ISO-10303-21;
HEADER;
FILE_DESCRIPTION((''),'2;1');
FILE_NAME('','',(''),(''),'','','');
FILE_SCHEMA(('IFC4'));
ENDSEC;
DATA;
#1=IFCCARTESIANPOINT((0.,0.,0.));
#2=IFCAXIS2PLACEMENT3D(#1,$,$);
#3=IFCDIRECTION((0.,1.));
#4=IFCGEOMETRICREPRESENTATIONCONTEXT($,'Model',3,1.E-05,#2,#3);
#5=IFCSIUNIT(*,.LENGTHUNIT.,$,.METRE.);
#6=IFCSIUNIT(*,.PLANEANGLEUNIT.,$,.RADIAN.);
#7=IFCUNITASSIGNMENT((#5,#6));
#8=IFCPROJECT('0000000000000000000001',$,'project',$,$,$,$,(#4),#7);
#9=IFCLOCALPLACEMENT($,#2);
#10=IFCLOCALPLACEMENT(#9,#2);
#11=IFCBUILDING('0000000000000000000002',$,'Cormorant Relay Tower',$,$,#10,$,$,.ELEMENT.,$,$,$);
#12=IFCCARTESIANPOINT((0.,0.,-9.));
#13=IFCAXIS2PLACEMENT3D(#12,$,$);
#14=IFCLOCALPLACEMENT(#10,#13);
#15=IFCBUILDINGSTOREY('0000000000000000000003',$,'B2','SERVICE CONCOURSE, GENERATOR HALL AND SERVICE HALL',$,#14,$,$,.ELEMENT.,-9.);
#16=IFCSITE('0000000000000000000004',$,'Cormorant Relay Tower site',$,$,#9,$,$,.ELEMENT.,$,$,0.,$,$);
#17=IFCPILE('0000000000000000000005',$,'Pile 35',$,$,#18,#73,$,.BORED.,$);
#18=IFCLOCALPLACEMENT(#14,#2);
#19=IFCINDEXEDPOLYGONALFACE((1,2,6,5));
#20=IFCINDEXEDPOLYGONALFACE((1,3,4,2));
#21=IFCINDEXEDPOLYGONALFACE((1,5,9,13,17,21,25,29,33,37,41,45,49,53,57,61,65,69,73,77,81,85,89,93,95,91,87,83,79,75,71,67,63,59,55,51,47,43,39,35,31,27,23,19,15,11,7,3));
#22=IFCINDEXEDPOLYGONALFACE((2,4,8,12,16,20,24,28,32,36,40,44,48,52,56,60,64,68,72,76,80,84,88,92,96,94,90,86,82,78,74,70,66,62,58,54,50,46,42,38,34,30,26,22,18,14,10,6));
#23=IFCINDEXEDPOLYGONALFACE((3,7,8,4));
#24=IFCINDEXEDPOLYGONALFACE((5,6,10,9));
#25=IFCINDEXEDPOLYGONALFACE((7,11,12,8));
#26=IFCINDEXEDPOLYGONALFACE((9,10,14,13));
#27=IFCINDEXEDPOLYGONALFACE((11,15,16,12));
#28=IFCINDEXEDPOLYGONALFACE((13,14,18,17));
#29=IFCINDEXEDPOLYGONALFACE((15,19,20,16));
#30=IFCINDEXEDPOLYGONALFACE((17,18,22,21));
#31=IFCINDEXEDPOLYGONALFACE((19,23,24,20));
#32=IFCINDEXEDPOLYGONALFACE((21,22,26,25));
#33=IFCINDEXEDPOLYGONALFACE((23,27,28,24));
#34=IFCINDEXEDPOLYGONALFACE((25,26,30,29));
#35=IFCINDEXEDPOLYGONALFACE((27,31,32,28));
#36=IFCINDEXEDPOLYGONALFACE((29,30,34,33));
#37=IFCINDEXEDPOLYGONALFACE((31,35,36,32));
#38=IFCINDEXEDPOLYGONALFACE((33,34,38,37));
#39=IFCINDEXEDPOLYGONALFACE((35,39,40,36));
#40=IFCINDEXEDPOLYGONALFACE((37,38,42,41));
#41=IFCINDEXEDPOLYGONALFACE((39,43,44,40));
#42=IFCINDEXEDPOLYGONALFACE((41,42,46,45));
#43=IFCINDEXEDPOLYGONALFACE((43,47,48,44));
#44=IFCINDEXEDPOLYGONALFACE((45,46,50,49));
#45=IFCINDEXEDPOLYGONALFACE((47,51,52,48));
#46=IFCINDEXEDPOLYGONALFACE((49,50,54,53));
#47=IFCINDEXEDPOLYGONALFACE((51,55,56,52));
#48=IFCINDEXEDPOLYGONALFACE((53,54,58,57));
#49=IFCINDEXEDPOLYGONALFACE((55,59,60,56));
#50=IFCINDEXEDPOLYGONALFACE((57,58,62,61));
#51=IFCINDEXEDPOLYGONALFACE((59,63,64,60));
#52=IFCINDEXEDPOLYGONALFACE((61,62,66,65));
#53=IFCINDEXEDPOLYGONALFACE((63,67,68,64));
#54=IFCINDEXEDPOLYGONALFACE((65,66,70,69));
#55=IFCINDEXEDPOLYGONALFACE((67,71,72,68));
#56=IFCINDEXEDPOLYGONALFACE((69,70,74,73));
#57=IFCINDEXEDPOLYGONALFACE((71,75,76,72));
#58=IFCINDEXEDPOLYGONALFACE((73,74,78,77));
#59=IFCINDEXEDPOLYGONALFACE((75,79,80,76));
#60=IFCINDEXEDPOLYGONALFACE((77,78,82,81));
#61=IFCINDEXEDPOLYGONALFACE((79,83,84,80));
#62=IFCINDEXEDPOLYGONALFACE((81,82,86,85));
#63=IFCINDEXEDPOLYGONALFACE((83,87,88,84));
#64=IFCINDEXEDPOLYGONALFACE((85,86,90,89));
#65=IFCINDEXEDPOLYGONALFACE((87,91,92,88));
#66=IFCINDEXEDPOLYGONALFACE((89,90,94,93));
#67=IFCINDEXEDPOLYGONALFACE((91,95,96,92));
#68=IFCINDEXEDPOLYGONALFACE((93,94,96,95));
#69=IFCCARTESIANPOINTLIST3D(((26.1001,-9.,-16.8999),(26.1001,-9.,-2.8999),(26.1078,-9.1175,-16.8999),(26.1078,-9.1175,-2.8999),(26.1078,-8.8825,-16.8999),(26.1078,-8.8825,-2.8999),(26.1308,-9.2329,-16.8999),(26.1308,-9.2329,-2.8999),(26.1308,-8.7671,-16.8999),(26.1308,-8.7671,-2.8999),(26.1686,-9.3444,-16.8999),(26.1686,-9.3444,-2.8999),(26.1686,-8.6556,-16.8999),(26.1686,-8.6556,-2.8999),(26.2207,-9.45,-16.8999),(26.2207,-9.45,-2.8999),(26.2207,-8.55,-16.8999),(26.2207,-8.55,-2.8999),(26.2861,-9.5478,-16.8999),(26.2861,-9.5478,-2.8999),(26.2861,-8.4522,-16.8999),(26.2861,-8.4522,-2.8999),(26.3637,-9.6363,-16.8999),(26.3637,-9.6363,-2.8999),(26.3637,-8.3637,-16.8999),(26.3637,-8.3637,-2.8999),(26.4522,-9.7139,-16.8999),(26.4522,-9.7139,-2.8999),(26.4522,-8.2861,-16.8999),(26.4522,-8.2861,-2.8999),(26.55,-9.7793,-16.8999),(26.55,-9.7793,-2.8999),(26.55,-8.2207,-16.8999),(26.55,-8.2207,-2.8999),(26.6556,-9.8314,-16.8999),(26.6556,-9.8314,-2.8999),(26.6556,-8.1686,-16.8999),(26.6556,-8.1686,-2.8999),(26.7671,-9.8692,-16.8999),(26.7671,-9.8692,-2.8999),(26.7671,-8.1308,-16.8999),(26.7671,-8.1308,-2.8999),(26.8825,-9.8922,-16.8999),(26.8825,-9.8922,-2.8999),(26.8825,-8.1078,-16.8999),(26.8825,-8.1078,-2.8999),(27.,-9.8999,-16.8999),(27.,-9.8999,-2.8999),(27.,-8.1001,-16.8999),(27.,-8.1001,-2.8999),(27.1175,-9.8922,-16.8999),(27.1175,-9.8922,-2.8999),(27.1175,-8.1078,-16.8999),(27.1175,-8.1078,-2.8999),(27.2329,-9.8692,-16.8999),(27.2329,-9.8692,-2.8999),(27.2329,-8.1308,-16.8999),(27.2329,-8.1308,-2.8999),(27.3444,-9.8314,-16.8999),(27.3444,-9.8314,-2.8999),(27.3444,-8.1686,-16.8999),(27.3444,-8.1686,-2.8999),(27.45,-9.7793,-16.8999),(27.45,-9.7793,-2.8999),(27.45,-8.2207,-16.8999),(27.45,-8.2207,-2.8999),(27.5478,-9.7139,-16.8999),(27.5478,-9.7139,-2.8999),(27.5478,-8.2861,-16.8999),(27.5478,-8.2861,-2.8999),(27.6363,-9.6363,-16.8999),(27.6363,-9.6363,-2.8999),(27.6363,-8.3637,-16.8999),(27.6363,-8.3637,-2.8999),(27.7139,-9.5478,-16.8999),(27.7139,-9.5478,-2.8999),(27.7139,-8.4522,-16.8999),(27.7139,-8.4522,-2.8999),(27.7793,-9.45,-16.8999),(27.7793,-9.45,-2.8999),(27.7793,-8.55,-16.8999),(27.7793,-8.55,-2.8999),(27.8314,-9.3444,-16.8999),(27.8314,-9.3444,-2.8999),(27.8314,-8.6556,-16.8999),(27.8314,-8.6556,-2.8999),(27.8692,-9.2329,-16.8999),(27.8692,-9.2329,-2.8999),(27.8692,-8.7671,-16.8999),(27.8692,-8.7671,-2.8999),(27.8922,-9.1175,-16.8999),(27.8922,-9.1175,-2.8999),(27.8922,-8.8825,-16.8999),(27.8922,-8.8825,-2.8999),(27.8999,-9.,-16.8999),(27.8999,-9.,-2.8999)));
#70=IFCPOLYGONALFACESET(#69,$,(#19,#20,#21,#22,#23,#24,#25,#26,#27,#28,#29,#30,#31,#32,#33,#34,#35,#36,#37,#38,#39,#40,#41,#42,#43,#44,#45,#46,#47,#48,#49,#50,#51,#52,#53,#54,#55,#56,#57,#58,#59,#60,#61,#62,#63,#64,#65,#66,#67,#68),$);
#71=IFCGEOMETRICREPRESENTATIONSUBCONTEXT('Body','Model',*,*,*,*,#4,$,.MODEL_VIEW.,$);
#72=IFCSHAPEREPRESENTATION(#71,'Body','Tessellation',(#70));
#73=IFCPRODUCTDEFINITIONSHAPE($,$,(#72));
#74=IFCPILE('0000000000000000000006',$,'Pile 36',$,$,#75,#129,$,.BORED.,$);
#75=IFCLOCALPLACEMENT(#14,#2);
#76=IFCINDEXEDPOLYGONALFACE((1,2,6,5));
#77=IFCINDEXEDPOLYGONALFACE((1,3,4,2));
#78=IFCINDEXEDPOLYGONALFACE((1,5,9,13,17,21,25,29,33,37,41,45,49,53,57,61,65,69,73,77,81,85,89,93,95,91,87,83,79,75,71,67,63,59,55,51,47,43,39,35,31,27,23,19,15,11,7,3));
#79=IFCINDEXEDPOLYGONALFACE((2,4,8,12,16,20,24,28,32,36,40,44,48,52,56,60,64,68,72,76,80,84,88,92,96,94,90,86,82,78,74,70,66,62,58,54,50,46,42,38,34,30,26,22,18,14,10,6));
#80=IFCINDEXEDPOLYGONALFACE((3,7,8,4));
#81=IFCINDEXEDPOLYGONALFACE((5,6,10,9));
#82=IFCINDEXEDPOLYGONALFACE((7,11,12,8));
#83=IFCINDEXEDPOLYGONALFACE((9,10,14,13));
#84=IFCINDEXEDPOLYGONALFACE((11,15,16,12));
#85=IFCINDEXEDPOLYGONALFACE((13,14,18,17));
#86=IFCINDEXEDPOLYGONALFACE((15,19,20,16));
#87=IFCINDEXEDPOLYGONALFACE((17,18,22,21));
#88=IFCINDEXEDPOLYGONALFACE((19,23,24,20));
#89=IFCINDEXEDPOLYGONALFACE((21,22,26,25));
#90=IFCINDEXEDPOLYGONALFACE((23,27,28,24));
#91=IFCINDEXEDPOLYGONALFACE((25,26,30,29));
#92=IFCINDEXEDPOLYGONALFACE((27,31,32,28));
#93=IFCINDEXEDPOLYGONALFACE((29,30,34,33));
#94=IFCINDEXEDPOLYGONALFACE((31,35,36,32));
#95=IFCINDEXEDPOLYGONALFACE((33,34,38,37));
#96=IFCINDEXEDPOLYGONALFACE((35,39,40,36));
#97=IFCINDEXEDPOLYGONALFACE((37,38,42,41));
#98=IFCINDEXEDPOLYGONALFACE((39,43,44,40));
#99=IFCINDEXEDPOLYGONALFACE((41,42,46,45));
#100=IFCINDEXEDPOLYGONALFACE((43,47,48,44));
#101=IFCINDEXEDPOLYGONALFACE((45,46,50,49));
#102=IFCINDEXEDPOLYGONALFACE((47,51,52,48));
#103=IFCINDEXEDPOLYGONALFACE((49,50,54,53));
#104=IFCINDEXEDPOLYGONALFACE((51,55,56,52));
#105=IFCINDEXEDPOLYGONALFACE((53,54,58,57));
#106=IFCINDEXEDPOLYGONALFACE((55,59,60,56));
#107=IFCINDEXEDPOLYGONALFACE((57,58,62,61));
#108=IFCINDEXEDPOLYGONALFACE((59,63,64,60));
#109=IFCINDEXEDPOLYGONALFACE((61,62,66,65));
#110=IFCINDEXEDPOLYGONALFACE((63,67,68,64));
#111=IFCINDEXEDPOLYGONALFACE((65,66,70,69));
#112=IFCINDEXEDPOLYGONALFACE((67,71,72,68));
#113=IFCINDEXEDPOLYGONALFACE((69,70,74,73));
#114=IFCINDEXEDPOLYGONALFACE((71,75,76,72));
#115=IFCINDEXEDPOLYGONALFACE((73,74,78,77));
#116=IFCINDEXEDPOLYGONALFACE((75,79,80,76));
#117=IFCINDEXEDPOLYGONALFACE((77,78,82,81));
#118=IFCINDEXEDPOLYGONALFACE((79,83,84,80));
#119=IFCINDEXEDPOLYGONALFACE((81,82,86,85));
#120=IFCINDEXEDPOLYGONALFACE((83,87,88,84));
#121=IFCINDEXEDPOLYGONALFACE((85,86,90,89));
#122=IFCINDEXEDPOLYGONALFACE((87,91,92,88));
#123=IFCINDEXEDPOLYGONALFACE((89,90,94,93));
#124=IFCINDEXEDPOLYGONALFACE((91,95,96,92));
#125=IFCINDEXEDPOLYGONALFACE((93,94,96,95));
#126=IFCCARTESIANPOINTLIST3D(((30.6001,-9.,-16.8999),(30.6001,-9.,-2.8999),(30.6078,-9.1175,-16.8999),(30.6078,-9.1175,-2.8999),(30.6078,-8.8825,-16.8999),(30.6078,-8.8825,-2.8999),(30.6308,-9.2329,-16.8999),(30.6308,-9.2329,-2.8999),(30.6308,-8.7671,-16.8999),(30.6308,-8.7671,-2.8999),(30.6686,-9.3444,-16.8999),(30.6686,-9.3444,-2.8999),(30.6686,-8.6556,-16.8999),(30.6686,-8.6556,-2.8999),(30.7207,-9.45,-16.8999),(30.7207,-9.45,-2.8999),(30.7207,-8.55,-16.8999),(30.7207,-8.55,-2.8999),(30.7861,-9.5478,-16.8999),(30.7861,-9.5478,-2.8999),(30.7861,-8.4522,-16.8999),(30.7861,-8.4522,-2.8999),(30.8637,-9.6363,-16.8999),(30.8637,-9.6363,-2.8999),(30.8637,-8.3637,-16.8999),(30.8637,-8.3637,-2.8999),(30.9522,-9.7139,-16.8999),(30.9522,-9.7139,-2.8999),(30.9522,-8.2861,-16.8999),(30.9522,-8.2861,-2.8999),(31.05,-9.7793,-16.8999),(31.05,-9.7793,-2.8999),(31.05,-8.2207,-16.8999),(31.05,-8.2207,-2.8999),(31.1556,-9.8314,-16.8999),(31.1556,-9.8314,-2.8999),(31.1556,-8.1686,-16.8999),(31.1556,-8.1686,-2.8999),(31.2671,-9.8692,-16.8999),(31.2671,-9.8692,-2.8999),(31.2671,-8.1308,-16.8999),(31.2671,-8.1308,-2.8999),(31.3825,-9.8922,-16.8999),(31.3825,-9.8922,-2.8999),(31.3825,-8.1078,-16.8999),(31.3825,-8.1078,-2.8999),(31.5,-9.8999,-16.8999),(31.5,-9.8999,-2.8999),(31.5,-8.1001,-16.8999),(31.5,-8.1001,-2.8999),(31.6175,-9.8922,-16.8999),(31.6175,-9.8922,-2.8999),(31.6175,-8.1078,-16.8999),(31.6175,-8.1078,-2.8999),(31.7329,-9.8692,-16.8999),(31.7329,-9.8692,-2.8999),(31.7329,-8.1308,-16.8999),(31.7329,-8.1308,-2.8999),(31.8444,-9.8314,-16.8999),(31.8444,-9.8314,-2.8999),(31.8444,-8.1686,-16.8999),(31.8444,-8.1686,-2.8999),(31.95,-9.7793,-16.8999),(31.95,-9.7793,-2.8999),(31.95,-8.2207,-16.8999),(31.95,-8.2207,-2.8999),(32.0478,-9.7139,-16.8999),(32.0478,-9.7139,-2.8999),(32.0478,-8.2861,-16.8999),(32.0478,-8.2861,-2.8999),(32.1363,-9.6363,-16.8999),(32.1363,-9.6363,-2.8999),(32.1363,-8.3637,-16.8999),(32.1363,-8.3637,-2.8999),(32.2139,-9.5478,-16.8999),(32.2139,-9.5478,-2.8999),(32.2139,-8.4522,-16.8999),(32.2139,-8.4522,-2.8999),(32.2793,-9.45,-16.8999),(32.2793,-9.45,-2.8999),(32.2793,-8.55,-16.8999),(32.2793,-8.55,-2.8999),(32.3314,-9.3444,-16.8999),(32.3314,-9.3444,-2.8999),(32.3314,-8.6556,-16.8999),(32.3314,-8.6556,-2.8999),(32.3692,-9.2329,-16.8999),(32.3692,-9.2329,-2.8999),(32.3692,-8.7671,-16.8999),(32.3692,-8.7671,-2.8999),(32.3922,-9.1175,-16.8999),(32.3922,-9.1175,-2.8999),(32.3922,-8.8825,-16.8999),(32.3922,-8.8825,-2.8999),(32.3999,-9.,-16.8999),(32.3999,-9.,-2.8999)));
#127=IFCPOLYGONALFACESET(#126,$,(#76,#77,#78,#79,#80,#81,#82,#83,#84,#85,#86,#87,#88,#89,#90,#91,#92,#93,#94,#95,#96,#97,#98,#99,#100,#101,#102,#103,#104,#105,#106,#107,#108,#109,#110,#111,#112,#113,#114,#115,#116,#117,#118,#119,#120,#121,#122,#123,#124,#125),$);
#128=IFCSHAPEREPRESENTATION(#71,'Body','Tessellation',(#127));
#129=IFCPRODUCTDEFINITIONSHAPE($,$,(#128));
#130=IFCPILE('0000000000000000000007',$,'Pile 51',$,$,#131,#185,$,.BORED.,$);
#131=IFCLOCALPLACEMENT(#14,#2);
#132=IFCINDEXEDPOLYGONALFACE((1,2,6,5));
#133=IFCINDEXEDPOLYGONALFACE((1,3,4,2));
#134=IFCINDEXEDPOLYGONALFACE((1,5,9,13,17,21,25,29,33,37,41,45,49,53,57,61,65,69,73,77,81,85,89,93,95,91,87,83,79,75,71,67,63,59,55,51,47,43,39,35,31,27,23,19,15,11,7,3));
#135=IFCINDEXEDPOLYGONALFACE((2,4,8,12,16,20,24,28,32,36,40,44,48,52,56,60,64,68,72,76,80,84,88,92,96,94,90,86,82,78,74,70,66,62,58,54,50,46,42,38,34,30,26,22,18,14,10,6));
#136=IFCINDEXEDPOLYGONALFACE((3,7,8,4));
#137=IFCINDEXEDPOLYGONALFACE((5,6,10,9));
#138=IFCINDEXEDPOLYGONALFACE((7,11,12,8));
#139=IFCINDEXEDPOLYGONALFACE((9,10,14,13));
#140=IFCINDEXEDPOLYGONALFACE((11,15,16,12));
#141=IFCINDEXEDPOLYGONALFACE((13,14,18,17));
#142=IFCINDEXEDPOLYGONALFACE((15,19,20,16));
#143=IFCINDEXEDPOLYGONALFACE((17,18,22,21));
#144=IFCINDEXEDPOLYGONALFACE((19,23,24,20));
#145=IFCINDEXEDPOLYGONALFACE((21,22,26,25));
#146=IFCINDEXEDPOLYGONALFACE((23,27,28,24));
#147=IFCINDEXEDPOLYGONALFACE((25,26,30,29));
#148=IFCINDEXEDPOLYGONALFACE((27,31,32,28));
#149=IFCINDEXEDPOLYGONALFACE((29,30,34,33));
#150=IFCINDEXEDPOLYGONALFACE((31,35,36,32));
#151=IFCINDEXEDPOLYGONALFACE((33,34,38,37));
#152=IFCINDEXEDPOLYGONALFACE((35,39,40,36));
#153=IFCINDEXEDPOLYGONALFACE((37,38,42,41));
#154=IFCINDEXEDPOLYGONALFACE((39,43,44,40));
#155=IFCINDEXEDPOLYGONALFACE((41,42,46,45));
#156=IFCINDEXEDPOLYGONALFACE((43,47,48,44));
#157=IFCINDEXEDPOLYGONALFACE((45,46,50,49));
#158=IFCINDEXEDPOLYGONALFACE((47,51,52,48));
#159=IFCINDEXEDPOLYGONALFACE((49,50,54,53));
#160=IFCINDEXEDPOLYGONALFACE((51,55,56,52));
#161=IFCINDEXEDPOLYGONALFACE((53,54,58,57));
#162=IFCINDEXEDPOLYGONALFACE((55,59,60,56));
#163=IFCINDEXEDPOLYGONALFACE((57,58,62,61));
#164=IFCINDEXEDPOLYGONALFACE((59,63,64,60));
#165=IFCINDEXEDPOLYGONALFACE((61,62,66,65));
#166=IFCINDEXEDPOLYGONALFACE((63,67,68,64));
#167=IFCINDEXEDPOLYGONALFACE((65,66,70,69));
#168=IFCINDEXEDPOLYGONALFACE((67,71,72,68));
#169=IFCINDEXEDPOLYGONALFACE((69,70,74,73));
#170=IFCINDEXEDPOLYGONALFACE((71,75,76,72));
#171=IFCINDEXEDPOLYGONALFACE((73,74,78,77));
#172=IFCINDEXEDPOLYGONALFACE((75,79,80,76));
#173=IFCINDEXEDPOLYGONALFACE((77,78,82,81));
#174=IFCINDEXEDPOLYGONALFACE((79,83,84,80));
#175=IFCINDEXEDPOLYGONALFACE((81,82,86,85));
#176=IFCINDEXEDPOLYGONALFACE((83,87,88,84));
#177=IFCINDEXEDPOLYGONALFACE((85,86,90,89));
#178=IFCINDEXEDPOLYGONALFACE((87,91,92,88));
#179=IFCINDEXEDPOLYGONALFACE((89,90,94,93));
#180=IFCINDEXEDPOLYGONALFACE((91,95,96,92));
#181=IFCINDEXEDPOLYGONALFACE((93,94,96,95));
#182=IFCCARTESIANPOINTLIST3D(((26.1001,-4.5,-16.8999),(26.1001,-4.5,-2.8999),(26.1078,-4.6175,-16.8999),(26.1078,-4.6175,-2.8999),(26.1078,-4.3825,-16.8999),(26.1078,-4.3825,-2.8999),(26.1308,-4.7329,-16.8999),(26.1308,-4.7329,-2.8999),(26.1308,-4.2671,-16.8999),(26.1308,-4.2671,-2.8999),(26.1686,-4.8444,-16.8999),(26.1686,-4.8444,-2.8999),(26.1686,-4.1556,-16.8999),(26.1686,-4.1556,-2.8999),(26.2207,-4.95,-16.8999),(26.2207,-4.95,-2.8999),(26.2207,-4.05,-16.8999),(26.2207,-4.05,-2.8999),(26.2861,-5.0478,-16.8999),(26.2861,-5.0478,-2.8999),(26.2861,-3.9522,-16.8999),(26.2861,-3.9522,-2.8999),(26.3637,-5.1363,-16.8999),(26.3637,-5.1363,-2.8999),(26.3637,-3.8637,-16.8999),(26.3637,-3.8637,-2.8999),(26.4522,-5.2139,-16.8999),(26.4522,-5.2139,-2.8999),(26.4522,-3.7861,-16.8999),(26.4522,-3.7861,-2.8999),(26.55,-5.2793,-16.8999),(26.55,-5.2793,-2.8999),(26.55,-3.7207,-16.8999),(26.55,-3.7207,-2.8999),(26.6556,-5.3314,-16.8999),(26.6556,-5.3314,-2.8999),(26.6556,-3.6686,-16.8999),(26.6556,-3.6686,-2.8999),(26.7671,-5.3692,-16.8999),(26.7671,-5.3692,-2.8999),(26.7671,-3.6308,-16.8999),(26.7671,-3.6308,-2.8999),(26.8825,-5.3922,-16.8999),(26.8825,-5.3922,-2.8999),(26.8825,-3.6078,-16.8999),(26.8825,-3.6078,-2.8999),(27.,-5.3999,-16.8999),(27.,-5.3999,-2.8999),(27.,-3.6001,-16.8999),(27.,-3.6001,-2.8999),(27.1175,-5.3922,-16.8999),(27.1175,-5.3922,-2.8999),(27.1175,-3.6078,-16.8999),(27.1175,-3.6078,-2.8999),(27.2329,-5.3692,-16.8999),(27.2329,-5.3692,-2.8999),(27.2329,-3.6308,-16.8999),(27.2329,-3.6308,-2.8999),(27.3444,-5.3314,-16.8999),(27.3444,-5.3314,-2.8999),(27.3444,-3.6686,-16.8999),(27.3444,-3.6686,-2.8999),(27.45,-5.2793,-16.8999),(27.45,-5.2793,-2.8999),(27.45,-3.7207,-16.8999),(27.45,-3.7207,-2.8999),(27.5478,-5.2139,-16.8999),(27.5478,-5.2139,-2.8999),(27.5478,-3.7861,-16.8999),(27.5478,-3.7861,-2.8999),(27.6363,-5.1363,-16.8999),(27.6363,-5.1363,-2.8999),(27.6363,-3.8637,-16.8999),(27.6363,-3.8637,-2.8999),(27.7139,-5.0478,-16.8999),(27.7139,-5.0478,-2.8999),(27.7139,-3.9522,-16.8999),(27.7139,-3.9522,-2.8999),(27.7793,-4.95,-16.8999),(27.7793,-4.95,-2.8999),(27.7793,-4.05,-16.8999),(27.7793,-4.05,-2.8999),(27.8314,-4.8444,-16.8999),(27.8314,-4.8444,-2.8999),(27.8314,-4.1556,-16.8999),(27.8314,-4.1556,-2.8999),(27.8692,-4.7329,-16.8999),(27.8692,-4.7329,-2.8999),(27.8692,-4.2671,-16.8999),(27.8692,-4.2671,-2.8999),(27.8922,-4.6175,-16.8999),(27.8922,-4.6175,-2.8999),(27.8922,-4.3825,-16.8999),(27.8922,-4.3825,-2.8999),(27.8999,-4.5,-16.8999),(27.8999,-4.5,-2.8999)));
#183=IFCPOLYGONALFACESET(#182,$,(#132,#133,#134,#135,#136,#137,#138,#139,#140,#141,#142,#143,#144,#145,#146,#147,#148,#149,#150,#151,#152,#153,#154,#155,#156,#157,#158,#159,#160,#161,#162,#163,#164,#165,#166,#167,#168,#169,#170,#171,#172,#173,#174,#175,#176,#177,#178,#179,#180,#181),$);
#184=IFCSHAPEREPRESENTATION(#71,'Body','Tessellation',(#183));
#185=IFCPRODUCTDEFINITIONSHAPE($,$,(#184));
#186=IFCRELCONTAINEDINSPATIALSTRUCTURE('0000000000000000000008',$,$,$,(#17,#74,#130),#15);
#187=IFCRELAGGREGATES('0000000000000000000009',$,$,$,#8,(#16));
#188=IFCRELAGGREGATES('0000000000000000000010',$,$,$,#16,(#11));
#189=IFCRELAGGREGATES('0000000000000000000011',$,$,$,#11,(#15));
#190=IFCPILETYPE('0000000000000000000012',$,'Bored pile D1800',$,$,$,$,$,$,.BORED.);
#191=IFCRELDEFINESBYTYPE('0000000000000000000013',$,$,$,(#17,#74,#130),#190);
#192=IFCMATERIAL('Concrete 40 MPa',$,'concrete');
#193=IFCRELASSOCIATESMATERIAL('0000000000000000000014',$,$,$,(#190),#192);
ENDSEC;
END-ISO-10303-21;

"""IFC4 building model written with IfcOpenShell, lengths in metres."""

from ifc_helpers import new_model, si_unit, direction, frame, origin, origin_2d, place, context, subcontext, project, spatial, circle, extrude, material, material_profile, profile_set, type_object, element, save


model = new_model("IFC4")

# Units and contexts
model_context = context("Model", 3, precision=1e-05, world=origin(), true_north=direction((0.0, 1.0)))
body_context = subcontext(model_context, "Body", "Model", "MODEL_VIEW")
ifc_project = project(units=[si_unit("LENGTHUNIT", "METRE"), si_unit("PLANEANGLEUNIT", "RADIAN")], contexts=[model_context])

# Site, building, storey
site_placement = place(None, origin())
site = spatial("IfcSite", under=ifc_project, at=site_placement, Name="Cormorant Relay Tower site", CompositionType="ELEMENT", RefElevation=0.0)
building_placement = place(site_placement, origin())
building = spatial("IfcBuilding", under=site, at=building_placement, Name="Cormorant Relay Tower", CompositionType="ELEMENT")
storey_placement = place(building_placement, frame((0.0, 0.0, -9.0)))
storey = spatial("IfcBuildingStorey", under=building, at=storey_placement, Name="B2", Description="SERVICE CONCOURSE, GENERATOR HALL AND SERVICE HALL", CompositionType="ELEMENT", Elevation=-9.0)

# Piles
ifc_material_1 = material(Name="Concrete 40 MPa", Category="concrete")
ifc_material_profile_1 = material_profile(ifc_material_1, circle(Radius=0.8999, at=origin_2d()), Name="BP1800")
ifc_profile_set_1 = profile_set([ifc_material_profile_1], Name="Concrete 40 MPa")
pile_type = type_object("IfcPileType", Name="Bored pile D1800", PredefinedType="BORED", material=ifc_profile_set_1)
for number, where, z_axis, x_axis, name in (
    (1, (27.0, -9.0, -2.8999), (0.0, 0.0, -1.0), (1.0, 0.0, 0.0), "Pile 35"),
    (2, (31.5, -9.0, -2.8999), (0.0, 0.0, -1.0), (1.0, 0.0, 0.0), "Pile 36"),
    (3, (27.0, -4.5, -2.8999), (0.0, 0.0, -1.0), (1.0, 0.0, 0.0), "Pile 51"),
):
    element("IfcPile", number, at=place(storey_placement, frame(where, z_axis=z_axis, x_axis=x_axis)), inside=storey, type_object=pile_type, Name=name, PredefinedType="BORED", context=body_context, shape_type="SweptSolid", body=[
        extrude(circle(Radius=0.8999, at=origin_2d()), origin(), (0.0, 0.0, 1.0), 14.0),
    ])

save(model, "model.ifc")
